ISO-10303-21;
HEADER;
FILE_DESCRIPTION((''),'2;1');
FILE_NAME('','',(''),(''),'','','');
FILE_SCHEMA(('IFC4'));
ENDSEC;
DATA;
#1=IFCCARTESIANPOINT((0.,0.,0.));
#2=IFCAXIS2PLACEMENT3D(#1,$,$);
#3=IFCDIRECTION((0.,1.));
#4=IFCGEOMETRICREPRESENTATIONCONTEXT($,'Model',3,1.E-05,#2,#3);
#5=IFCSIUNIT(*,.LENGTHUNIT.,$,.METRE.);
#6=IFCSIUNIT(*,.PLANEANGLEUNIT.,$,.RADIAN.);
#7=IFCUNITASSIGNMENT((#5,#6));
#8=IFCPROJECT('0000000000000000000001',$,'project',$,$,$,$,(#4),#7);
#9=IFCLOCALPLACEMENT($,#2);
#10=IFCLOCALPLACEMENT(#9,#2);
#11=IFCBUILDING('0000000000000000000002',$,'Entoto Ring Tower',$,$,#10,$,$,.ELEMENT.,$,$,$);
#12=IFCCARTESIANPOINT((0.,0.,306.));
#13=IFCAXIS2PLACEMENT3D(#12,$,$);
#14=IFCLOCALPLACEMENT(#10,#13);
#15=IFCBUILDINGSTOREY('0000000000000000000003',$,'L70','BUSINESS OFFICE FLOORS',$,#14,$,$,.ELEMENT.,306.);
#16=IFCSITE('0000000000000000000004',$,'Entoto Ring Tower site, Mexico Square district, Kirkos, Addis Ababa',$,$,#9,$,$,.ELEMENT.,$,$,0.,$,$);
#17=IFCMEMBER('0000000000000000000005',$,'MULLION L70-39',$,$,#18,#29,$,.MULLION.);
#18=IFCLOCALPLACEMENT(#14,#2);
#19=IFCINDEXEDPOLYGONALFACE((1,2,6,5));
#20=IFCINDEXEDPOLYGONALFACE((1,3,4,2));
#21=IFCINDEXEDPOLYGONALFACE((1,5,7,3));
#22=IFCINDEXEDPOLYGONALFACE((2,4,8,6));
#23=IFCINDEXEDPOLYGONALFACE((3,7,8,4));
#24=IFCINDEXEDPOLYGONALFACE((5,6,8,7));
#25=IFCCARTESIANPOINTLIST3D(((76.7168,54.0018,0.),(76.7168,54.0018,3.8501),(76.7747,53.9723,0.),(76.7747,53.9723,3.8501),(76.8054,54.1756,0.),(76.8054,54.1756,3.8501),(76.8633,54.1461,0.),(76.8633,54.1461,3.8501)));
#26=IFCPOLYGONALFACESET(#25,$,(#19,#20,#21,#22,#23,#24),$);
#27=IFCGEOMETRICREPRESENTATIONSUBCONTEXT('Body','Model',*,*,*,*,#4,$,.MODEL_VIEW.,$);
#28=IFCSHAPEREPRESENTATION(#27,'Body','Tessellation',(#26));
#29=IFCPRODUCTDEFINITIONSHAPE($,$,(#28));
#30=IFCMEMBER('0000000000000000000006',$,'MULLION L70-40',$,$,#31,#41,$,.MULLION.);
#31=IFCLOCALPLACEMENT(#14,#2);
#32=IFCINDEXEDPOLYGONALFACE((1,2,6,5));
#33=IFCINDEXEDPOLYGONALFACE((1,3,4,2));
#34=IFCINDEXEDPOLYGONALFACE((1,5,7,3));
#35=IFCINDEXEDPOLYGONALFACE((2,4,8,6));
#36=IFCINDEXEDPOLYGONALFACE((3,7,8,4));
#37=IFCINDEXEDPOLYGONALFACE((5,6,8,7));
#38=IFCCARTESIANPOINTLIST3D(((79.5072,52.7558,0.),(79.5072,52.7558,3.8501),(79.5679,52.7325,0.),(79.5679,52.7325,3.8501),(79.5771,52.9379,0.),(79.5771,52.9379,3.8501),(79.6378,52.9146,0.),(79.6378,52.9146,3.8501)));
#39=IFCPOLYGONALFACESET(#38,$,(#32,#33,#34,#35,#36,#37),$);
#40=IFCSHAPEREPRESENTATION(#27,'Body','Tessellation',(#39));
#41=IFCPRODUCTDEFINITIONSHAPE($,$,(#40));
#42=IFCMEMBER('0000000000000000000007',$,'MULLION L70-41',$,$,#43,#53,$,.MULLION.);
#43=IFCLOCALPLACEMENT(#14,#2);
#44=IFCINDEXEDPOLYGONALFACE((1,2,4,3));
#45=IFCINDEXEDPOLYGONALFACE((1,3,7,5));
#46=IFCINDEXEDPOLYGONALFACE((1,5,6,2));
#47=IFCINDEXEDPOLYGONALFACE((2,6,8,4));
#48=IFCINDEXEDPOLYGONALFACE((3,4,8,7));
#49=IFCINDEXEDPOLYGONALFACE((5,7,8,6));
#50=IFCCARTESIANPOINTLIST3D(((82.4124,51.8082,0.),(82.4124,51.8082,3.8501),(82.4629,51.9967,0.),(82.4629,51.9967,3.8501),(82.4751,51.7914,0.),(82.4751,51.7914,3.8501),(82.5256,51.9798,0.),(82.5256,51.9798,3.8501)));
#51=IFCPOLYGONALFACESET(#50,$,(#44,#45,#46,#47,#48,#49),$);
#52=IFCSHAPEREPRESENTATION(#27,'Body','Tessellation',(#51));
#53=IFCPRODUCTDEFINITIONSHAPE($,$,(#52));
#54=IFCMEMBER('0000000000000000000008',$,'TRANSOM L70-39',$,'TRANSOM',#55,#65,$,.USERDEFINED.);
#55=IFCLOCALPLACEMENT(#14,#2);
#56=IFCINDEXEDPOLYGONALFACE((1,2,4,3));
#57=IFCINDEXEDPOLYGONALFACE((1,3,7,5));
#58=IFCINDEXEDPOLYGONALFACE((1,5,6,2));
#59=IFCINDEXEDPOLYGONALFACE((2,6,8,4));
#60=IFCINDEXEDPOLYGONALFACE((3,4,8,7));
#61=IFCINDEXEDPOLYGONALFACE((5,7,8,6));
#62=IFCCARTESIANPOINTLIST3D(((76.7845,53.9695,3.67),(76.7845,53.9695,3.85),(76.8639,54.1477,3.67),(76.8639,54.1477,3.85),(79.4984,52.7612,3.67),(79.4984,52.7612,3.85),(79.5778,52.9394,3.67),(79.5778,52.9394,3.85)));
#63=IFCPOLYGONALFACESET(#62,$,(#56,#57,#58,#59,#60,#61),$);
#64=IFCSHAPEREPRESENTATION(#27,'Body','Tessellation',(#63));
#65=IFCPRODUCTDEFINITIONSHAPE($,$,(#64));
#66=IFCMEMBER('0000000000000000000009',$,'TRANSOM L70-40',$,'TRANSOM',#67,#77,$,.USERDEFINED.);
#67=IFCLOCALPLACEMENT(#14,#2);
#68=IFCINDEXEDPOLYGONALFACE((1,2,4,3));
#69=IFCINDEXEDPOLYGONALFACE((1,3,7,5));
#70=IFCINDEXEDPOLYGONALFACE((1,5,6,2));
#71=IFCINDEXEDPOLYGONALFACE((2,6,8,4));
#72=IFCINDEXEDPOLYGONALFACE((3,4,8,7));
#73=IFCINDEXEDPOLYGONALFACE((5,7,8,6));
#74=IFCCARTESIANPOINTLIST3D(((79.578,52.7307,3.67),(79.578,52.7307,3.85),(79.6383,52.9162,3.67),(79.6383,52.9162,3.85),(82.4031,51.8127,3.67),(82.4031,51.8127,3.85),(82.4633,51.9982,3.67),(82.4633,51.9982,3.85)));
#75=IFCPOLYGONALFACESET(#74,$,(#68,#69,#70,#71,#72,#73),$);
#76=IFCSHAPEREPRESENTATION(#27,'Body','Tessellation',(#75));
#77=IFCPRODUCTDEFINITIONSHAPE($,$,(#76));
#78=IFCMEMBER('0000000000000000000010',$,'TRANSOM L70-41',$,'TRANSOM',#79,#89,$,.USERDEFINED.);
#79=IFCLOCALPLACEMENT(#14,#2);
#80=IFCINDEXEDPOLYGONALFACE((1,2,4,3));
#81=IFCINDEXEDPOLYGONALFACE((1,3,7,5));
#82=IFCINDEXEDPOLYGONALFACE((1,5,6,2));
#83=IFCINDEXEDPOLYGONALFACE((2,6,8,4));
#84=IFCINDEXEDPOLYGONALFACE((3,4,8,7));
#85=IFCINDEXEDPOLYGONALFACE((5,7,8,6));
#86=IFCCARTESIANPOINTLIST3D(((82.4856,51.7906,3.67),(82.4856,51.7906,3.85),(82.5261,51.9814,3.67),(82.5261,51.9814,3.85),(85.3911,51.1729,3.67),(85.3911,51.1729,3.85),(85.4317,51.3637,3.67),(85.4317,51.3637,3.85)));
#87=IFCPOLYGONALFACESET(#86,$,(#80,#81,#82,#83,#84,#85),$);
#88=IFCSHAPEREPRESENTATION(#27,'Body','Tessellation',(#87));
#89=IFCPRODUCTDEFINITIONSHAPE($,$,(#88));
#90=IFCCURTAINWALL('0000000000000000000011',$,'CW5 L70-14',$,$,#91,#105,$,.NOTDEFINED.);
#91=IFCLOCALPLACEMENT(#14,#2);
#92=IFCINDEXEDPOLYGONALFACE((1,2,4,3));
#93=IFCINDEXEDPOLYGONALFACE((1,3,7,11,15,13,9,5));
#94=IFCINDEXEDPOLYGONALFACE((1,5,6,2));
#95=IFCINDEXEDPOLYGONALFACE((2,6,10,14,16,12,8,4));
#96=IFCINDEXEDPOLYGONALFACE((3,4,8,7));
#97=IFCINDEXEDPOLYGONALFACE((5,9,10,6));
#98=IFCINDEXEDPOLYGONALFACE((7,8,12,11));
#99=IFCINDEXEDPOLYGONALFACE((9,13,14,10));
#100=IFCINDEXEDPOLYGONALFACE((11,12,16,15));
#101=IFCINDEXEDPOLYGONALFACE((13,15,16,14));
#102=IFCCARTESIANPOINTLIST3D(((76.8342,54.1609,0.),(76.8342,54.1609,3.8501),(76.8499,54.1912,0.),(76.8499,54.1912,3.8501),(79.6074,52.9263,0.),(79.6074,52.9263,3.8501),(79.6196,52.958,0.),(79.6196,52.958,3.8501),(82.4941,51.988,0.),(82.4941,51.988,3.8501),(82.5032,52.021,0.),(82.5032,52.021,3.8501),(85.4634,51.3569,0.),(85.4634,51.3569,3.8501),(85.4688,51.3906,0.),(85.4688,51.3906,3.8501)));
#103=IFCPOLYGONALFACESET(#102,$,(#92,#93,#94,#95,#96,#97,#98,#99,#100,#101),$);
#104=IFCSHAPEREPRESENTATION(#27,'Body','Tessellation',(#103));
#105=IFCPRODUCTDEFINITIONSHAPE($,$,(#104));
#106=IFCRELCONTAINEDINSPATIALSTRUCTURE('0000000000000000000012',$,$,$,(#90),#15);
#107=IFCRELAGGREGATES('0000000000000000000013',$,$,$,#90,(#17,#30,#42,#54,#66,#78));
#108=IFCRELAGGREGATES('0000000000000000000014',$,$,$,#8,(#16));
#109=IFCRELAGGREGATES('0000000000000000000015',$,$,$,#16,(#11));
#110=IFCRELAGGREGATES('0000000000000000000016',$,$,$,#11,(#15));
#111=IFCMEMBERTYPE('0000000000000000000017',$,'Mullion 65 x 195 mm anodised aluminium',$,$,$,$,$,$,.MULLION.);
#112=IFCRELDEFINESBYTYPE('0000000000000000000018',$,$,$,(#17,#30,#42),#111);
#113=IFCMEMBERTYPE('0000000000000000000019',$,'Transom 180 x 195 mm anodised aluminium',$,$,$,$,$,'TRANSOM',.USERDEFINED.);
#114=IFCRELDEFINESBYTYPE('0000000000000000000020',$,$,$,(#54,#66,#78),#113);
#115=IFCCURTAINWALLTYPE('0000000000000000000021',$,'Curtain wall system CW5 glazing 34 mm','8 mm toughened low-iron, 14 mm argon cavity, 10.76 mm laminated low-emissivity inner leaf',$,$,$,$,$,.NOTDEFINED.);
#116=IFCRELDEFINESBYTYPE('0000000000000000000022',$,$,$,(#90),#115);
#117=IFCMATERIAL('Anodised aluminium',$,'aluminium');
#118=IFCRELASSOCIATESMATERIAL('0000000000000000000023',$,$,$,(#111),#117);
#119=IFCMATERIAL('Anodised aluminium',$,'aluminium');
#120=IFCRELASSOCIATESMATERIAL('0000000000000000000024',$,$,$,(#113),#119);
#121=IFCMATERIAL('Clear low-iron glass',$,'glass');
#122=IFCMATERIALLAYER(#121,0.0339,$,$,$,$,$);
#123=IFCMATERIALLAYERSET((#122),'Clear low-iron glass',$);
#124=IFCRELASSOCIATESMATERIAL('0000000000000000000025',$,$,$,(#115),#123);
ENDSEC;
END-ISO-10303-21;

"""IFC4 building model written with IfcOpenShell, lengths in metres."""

from ifc_helpers import new_model, si_unit, direction, frame, origin, origin_2d, place, context, subcontext, project, spatial, polyline, rectangle, outline, extrude, material, layer, layer_set, material_profile, profile_set, type_object, element, aggregate, save


model = new_model("IFC4")

# Units and contexts
model_context = context("Model", 3, precision=1e-05, world=origin(), true_north=direction((0.0, 1.0)))
body_context = subcontext(model_context, "Body", "Model", "MODEL_VIEW")
ifc_project = project(units=[si_unit("LENGTHUNIT", "METRE"), si_unit("PLANEANGLEUNIT", "RADIAN")], contexts=[model_context])

# Members
ifc_material_1 = material(Name="Anodised aluminium", Category="aluminium")
ifc_material_profile_1 = material_profile(ifc_material_1, rectangle(XDim=0.0649, YDim=0.1951, at=origin_2d()), Name="Mullion 65 x 195 mm anodised aluminium")
ifc_profile_set_1 = profile_set([ifc_material_profile_1], Name="Anodised aluminium")
member_type_1 = type_object("IfcMemberType", Name="Mullion 65 x 195 mm anodised aluminium", PredefinedType="MULLION", material=ifc_profile_set_1)
site_placement = place(None, origin())
building_placement = place(site_placement, origin())
storey_placement = place(building_placement, frame((0.0, 0.0, 306.0)))
member_1_placement = place(storey_placement, frame((76.79, 54.074, 0.0), z_axis=(0.0, 0.0, 1.0), x_axis=(0.891007, -0.45399, 0.0)))
member_1 = element("IfcMember", 1, at=member_1_placement, type_object=member_type_1, Name="MULLION L70-39", PredefinedType="MULLION", context=body_context, shape_type="SweptSolid", body=[
    extrude(rectangle(XDim=0.0649, YDim=0.1951, at=origin_2d()), origin(), (0.0, 0.0, 1.0), 3.8501),
])
member_2_placement = place(storey_placement, frame((79.5725, 52.8352, 0.0), z_axis=(0.0, 0.0, 1.0), x_axis=(0.93358, -0.358368, 0.0)))
member_2 = element("IfcMember", 2, at=member_2_placement, type_object=member_type_1, Name="MULLION L70-40", PredefinedType="MULLION", context=body_context, shape_type="SweptSolid", body=[
    extrude(rectangle(XDim=0.0649, YDim=0.1951, at=origin_2d()), origin(), (0.0, 0.0, 1.0), 3.8501),
])
member_3_placement = place(storey_placement, frame((82.469, 51.894, 0.0), z_axis=(0.0, 0.0, 1.0), x_axis=(0.965926, -0.258819, 0.0)))
member_3 = element("IfcMember", 3, at=member_3_placement, type_object=member_type_1, Name="MULLION L70-41", PredefinedType="MULLION", context=body_context, shape_type="SweptSolid", body=[
    extrude(rectangle(XDim=0.0649, YDim=0.1951, at=origin_2d()), origin(), (0.0, 0.0, 1.0), 3.8501),
])
ifc_material_2 = material(Name="Anodised aluminium", Category="aluminium")
ifc_material_profile_2 = material_profile(ifc_material_2, rectangle(XDim=0.1951, YDim=0.1799, at=origin_2d()), Name="Transom 180 x 195 mm anodised aluminium")
ifc_profile_set_2 = profile_set([ifc_material_profile_2], Name="Anodised aluminium")
member_type_2 = type_object("IfcMemberType", Name="Transom 180 x 195 mm anodised aluminium", ElementType="TRANSOM", PredefinedType="USERDEFINED", material=ifc_profile_set_2)
member_4_placement = place(storey_placement, frame((76.8242, 54.0586, 3.76), z_axis=(0.91355, -0.406726, 0.0), x_axis=(0.406726, 0.91355, 0.0)))
member_4 = element("IfcMember", 4, at=member_4_placement, type_object=member_type_2, Name="TRANSOM L70-39", ObjectType="TRANSOM", PredefinedType="USERDEFINED", context=body_context, shape_type="SweptSolid", body=[
    extrude(rectangle(XDim=0.1951, YDim=0.1799, at=origin_2d()), origin(), (0.0, 0.0, 1.0), 2.9707),
])
member_5_placement = place(storey_placement, frame((79.6082, 52.8235, 3.76), z_axis=(0.951048, -0.309043, 0.0), x_axis=(0.309043, 0.951048, 0.0)))
member_5 = element("IfcMember", 5, at=member_5_placement, type_object=member_type_2, Name="TRANSOM L70-40", ObjectType="TRANSOM", PredefinedType="USERDEFINED", context=body_context, shape_type="SweptSolid", body=[
    extrude(rectangle(XDim=0.1951, YDim=0.1799, at=origin_2d()), origin(), (0.0, 0.0, 1.0), 2.9705),
])
member_6_placement = place(storey_placement, frame((82.5059, 51.886, 3.76), z_axis=(0.978142, -0.20794, 0.0), x_axis=(0.20794, 0.978142, 0.0)))
member_6 = element("IfcMember", 6, at=member_6_placement, type_object=member_type_2, Name="TRANSOM L70-41", ObjectType="TRANSOM", PredefinedType="USERDEFINED", context=body_context, shape_type="SweptSolid", body=[
    extrude(rectangle(XDim=0.1951, YDim=0.1799, at=origin_2d()), origin(), (0.0, 0.0, 1.0), 2.9705),
])

# Site, building, storey
site = spatial("IfcSite", under=ifc_project, at=site_placement, Name="Entoto Ring Tower site, Mexico Square district, Kirkos, Addis Ababa", CompositionType="ELEMENT", RefElevation=0.0)
building = spatial("IfcBuilding", under=site, at=building_placement, Name="Entoto Ring Tower", CompositionType="ELEMENT")
storey = spatial("IfcBuildingStorey", under=building, at=storey_placement, Name="L70", Description="BUSINESS OFFICE FLOORS", CompositionType="ELEMENT", Elevation=306.0)

# Curtain wall
ifc_material_3 = material(Name="Clear low-iron glass", Category="glass")
ifc_layer = layer(ifc_material_3, 0.0339)
ifc_layer_set = layer_set([ifc_layer], Name="Clear low-iron glass")
curtain_wall_type = type_object("IfcCurtainWallType", Name="Curtain wall system CW5 glazing 34 mm", Description="8 mm toughened low-iron, 14 mm argon cavity, 10.76 mm laminated low-emissivity inner leaf", PredefinedType="NOTDEFINED", material=ifc_layer_set)
curtain_wall_1_placement = place(storey_placement, origin())
curtain_wall_1 = element("IfcCurtainWall", 7, at=curtain_wall_1_placement, inside=storey, type_object=curtain_wall_type, Name="CW5 L70-14", PredefinedType="NOTDEFINED", context=body_context, shape_type="SweptSolid", body=[
    extrude(outline(polyline([(76.8342, 54.1609), (79.6074, 52.9263), (82.4941, 51.988), (85.4634, 51.3569), (85.4688, 51.3906), (82.5032, 52.021), (79.6196, 52.958), (76.8499, 54.1912), (76.8342, 54.1609)])), origin(), (0.0, 0.0, 1.0), 3.8501),
])
aggregate(curtain_wall_1, [member_1, member_2, member_3, member_4, member_5, member_6])

save(model, "model.ifc")
